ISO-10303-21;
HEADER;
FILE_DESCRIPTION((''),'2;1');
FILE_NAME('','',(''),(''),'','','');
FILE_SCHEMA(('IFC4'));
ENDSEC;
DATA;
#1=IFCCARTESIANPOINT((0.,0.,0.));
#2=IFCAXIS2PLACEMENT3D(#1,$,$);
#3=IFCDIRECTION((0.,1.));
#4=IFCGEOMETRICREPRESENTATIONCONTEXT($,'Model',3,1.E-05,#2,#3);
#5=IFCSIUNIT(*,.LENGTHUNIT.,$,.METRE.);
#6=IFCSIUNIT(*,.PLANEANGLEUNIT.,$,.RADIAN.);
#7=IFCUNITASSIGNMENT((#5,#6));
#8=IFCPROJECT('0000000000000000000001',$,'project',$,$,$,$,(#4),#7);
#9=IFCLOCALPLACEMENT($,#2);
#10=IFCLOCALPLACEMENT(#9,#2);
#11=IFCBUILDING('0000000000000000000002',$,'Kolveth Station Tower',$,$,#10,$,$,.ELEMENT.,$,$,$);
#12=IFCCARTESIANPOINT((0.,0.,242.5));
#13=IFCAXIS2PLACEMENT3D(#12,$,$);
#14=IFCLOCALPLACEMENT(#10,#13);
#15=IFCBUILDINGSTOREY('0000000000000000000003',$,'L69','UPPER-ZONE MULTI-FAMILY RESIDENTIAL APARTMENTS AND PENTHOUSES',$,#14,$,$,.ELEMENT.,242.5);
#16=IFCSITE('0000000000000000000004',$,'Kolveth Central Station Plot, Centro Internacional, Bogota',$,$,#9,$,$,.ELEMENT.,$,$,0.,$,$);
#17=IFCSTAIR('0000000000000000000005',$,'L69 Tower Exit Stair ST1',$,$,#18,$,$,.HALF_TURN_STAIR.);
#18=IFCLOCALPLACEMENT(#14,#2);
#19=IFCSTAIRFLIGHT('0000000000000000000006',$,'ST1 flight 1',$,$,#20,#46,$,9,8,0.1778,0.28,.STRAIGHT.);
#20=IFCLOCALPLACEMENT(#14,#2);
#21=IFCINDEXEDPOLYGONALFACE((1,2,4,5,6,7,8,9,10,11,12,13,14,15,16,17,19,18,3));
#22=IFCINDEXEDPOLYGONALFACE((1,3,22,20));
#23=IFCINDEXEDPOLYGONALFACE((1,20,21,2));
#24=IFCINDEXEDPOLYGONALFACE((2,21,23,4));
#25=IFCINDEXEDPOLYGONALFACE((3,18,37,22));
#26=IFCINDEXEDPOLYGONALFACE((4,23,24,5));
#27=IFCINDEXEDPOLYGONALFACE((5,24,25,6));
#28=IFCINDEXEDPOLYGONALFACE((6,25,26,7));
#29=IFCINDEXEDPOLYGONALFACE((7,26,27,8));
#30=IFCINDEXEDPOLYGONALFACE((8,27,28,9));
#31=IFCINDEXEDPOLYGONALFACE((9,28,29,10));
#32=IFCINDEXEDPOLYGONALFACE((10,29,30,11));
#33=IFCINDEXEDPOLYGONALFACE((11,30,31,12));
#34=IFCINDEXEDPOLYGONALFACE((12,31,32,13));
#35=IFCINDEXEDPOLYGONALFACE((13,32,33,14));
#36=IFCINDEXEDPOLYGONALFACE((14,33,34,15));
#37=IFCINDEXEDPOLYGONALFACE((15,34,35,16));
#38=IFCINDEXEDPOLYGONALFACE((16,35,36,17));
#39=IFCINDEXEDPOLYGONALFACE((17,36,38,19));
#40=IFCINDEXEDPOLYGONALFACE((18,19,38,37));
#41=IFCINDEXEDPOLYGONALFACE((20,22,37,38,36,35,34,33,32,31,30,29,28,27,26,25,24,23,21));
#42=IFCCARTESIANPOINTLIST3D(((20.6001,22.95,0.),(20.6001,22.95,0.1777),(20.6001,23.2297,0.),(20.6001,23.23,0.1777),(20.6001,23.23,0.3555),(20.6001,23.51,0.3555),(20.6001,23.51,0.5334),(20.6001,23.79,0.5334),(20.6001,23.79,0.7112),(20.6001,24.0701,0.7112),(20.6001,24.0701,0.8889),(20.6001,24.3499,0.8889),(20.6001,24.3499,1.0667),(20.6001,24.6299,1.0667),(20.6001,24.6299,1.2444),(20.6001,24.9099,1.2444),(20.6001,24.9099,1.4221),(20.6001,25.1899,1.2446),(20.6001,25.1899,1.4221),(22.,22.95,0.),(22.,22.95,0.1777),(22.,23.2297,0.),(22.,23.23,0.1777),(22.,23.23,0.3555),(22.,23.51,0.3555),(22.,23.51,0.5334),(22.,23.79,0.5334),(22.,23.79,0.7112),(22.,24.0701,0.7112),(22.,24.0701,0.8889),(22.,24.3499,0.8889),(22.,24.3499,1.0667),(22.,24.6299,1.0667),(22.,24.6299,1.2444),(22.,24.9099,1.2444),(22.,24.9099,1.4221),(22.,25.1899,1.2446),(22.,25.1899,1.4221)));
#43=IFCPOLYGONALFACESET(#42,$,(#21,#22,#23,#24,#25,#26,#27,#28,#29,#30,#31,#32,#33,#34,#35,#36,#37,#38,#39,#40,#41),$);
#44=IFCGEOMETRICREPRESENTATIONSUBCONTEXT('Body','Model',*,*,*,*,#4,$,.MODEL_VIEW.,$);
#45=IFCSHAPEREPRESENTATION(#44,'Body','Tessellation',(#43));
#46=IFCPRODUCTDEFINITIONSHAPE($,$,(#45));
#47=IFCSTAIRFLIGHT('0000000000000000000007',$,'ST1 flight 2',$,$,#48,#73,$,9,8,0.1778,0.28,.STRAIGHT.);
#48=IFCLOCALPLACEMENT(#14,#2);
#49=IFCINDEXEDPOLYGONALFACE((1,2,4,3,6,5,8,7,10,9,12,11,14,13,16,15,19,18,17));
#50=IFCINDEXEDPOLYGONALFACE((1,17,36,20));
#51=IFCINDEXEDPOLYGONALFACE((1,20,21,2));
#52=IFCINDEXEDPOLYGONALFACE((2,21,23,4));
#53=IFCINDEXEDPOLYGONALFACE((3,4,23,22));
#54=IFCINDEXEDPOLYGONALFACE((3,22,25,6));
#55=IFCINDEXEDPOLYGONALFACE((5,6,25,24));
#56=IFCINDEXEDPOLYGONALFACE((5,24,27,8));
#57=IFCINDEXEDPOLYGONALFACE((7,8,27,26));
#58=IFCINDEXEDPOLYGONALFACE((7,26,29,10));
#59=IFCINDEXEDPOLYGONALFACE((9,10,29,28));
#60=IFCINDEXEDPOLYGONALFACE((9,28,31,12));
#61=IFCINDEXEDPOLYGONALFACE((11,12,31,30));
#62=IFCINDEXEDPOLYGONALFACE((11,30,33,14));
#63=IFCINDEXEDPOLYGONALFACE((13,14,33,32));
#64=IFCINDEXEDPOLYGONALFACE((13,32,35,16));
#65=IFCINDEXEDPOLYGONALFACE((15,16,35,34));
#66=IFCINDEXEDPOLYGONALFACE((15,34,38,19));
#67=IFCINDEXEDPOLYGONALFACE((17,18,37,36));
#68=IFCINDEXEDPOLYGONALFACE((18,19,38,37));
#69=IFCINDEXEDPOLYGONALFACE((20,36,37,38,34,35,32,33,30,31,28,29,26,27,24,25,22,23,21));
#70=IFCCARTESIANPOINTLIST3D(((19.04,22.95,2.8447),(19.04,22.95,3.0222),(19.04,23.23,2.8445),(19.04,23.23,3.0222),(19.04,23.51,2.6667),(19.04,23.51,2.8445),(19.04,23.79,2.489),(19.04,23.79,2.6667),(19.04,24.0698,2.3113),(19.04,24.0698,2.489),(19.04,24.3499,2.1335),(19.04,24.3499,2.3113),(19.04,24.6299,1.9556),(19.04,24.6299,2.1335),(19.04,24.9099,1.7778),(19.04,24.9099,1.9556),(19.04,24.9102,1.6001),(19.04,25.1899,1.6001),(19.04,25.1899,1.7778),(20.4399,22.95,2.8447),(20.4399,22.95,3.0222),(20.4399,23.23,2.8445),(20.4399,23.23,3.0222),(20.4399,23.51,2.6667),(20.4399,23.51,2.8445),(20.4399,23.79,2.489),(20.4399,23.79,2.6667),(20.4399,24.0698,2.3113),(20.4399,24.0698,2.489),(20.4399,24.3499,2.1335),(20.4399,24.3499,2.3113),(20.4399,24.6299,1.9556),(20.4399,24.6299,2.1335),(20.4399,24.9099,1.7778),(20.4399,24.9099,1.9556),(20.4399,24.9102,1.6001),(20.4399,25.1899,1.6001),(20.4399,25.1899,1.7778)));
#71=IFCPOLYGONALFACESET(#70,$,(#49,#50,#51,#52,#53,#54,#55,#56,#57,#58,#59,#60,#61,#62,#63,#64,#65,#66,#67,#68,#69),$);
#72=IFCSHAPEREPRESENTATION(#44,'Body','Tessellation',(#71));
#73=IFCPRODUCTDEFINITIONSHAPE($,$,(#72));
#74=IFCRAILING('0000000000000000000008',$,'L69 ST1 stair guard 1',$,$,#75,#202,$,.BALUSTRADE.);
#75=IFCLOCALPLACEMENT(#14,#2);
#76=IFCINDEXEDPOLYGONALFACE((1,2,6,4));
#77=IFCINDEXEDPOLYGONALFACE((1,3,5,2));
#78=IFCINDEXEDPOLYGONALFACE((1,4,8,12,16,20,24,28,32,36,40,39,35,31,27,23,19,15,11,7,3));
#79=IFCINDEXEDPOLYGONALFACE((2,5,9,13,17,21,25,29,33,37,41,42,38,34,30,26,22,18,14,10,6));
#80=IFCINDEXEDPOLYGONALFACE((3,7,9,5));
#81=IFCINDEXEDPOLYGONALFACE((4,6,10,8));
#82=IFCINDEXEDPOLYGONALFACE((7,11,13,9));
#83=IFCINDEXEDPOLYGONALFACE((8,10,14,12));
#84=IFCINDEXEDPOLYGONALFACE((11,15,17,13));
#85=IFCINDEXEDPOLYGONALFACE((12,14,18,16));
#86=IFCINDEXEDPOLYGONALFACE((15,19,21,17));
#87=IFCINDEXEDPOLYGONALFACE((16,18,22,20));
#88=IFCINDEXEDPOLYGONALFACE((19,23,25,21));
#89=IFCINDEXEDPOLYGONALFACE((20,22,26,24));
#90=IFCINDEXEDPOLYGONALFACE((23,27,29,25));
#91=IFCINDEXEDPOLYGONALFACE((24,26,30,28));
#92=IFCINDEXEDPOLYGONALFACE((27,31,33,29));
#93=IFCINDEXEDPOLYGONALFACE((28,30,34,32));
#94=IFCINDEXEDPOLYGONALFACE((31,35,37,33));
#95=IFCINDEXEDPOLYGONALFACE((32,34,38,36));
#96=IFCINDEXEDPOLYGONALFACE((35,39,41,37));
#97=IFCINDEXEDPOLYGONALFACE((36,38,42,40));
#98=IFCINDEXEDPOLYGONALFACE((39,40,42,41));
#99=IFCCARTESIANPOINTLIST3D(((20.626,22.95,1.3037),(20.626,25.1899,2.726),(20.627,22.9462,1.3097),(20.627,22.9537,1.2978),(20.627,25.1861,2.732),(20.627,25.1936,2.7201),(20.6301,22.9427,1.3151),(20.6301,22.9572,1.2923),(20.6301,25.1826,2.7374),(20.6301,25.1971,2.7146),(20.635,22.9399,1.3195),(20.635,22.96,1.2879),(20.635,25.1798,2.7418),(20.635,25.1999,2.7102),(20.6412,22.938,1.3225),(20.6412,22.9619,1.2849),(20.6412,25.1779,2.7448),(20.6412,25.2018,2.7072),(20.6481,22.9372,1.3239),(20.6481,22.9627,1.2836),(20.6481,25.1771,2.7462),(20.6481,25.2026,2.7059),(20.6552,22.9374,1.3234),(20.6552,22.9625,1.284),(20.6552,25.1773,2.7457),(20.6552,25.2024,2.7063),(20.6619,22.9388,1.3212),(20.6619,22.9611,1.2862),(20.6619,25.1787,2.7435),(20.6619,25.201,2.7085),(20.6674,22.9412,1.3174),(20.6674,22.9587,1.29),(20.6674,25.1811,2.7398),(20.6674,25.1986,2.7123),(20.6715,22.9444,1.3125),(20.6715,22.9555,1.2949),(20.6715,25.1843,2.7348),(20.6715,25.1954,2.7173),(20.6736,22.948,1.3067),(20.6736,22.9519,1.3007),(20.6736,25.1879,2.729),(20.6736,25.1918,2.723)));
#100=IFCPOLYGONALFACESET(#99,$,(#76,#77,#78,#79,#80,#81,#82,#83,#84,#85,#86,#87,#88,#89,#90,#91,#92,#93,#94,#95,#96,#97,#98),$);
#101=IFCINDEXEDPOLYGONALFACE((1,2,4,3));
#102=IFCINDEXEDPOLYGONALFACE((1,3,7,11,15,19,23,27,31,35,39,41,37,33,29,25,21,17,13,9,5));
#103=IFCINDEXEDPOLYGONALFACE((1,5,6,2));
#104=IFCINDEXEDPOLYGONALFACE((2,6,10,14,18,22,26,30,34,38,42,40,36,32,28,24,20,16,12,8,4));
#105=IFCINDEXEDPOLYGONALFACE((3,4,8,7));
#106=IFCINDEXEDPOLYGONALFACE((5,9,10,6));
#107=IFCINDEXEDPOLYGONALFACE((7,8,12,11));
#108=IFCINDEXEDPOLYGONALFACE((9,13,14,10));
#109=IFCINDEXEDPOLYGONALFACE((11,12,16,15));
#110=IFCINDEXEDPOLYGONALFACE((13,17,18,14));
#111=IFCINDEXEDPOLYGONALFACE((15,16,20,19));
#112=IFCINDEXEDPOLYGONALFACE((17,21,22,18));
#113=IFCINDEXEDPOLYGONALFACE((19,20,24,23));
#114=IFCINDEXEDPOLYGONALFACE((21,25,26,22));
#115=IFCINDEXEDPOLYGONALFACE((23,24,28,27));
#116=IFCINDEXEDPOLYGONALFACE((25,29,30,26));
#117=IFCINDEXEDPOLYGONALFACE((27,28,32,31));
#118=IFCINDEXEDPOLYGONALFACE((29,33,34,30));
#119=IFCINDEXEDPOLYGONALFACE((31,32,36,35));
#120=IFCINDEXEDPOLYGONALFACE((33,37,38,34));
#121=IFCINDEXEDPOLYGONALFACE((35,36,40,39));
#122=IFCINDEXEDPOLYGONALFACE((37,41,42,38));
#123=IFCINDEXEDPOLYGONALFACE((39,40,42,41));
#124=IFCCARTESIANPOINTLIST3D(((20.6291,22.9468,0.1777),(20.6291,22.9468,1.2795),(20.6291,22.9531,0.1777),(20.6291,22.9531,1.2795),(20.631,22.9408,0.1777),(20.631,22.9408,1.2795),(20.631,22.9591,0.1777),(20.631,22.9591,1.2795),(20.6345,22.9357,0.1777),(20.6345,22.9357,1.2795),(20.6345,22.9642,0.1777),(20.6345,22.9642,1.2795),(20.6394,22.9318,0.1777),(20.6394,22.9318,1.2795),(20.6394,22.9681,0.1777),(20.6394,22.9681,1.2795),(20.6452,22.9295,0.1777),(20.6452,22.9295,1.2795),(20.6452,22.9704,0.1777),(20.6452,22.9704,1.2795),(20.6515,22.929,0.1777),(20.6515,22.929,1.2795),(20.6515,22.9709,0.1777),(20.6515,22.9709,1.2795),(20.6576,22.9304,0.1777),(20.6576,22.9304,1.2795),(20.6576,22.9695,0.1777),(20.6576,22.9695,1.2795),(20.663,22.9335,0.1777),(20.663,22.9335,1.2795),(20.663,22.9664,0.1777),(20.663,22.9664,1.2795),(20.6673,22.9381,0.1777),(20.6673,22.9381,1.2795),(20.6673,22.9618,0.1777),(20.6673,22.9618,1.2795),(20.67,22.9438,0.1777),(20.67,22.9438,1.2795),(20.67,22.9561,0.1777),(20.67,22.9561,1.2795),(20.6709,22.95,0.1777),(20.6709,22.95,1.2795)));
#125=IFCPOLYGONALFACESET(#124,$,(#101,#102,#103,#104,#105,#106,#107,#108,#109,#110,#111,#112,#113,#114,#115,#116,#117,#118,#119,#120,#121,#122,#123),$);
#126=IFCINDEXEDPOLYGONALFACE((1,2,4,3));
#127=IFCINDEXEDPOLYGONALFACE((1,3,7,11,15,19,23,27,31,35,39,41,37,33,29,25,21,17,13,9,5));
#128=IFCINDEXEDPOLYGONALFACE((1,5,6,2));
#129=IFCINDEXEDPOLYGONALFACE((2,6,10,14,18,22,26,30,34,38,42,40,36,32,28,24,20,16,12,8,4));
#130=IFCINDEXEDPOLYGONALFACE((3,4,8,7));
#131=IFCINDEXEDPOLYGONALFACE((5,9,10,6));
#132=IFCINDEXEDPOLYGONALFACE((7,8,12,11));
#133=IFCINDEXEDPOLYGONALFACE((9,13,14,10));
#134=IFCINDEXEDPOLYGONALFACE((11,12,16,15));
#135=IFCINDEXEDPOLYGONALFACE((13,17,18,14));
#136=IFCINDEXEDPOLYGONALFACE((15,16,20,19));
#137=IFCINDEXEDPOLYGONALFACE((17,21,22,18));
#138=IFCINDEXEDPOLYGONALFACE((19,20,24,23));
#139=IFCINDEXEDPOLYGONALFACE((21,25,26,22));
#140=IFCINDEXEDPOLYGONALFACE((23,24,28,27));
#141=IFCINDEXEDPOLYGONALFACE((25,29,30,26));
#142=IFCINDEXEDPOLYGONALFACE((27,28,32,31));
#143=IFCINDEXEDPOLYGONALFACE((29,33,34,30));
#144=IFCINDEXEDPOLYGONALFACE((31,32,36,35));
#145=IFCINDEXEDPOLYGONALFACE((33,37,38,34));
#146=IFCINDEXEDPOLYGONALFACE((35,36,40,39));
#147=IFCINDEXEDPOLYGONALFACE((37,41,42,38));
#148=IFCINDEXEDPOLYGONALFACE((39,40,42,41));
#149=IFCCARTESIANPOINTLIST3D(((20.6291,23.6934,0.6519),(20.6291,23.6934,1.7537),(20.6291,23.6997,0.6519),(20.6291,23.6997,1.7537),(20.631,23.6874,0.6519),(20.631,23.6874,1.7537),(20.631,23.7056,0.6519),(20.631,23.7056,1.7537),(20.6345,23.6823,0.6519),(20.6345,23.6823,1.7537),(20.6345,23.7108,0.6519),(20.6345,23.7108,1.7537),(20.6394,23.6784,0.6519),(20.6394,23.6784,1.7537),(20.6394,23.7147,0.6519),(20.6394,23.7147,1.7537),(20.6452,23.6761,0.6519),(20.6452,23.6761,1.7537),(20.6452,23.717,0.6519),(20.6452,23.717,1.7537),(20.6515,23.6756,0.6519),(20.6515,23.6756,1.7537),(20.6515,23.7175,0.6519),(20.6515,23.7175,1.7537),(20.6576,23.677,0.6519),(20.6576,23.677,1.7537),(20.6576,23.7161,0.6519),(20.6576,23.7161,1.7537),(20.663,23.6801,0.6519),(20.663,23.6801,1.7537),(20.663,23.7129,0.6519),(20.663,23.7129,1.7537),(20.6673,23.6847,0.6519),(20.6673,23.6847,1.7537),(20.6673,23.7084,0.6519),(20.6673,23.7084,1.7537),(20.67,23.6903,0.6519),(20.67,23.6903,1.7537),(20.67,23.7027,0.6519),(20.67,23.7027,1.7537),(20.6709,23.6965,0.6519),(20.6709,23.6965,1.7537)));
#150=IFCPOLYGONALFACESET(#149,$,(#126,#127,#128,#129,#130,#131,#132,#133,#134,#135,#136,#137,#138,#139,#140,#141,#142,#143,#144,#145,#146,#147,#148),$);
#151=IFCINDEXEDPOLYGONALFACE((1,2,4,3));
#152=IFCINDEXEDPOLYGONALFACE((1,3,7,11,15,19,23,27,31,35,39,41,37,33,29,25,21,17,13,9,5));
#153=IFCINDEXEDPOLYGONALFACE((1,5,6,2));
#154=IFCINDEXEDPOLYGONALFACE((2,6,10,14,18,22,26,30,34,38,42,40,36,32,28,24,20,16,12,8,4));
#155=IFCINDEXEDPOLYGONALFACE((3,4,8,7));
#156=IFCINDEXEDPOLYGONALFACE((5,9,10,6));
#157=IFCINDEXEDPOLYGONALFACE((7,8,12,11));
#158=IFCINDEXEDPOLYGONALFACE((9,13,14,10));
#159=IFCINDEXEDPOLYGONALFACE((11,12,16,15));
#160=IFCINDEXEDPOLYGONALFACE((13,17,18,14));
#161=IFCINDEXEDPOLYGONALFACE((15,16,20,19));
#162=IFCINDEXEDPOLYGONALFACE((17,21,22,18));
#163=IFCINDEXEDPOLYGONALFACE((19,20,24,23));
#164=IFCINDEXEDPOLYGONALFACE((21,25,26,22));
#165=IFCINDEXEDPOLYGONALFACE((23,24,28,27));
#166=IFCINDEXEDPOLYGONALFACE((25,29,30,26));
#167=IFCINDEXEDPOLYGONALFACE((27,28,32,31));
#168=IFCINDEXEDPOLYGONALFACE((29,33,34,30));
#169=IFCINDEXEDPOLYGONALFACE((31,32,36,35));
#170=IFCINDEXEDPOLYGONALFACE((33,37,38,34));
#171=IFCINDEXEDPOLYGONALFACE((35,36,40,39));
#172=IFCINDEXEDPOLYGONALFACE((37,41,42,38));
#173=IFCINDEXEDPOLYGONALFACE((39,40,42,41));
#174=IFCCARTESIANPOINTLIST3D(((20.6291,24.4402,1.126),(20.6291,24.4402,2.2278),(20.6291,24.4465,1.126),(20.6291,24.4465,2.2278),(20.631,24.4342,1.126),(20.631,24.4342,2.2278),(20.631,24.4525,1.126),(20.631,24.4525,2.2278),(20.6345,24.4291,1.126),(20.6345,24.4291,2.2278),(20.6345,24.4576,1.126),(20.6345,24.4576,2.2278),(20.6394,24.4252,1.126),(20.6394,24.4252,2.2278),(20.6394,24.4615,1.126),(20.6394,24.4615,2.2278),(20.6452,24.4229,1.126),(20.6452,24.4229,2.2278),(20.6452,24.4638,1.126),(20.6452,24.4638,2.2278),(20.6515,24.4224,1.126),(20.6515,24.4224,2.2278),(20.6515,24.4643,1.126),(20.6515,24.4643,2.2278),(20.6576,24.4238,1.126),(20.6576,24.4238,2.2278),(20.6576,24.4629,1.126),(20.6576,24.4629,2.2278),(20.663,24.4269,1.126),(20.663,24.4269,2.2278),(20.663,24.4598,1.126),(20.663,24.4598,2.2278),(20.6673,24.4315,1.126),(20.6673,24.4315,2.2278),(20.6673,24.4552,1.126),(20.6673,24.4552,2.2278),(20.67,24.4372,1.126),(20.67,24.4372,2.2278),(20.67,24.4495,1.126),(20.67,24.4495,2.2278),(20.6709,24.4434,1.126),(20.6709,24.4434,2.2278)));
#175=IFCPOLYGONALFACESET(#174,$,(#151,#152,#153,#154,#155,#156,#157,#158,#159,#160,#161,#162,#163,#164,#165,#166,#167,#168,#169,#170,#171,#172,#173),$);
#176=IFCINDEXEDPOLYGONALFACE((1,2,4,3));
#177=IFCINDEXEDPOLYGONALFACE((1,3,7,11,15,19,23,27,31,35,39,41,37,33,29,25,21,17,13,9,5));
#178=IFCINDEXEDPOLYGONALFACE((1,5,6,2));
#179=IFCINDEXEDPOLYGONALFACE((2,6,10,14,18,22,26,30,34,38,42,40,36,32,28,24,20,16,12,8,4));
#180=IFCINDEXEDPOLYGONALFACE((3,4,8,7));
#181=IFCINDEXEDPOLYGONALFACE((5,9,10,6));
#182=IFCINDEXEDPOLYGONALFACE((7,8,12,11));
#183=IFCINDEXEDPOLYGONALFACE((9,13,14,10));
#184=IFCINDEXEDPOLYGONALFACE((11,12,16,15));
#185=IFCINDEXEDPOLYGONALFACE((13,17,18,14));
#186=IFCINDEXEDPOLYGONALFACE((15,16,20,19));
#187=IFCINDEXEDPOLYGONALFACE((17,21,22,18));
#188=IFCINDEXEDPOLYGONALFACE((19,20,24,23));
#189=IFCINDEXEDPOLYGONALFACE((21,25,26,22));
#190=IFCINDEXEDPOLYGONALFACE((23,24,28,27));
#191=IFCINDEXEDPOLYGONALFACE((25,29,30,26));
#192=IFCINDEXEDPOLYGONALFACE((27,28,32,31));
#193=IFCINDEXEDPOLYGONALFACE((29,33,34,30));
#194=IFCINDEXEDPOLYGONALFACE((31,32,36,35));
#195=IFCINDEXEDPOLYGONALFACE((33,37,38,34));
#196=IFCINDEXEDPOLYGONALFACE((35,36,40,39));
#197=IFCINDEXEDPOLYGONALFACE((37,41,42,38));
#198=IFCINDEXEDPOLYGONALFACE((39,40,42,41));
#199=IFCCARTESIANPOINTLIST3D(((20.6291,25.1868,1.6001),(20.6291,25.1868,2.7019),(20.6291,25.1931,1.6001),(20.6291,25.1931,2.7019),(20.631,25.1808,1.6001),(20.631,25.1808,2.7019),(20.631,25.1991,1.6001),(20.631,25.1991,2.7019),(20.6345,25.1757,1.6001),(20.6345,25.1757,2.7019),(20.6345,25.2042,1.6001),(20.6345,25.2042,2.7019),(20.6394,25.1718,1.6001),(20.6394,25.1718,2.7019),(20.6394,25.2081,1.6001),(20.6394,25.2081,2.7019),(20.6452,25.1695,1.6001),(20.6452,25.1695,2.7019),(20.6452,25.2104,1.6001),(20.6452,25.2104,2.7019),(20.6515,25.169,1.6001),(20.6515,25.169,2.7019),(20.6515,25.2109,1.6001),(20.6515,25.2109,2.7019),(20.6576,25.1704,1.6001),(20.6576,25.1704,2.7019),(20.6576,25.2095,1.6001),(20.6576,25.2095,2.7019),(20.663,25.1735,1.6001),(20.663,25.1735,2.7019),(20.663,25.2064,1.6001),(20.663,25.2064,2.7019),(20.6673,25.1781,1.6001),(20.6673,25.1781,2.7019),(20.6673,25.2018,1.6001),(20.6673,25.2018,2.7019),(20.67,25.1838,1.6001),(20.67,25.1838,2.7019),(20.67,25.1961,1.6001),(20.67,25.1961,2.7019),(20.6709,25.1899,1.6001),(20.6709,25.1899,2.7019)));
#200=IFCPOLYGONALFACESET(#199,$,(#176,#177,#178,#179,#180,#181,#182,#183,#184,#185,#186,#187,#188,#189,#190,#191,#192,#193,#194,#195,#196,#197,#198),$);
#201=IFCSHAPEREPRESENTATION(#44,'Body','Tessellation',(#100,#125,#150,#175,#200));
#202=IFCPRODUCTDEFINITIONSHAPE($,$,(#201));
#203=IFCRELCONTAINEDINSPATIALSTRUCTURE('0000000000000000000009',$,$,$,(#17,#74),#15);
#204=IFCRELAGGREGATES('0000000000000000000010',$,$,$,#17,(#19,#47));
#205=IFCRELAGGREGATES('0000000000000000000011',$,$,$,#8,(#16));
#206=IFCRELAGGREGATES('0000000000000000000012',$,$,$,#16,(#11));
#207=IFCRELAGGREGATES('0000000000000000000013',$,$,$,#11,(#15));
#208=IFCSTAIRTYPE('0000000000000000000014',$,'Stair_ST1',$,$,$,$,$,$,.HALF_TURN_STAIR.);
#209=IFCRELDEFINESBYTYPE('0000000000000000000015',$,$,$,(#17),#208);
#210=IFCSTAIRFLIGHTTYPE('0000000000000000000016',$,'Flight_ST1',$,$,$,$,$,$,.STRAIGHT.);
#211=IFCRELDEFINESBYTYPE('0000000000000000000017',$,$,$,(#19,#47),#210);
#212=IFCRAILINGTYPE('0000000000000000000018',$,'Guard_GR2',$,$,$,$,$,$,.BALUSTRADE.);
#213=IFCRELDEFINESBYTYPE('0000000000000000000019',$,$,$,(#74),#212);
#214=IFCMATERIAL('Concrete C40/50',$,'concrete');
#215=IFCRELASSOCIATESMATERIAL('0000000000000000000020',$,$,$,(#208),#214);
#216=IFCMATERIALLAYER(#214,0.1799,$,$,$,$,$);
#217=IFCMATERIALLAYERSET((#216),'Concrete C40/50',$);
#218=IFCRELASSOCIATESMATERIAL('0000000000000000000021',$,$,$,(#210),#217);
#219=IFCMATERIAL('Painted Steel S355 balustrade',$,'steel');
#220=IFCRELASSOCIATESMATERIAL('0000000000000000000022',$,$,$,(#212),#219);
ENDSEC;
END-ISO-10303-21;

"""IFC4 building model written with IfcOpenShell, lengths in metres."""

from ifc_helpers import new_model, si_unit, direction, frame, origin, origin_2d, place, context, subcontext, project, spatial, polyline, circle, outline, extrude, material, layer, layer_set, type_object, element, aggregate, save


model = new_model("IFC4")

# Units and contexts
model_context = context("Model", 3, precision=1e-05, world=origin(), true_north=direction((0.0, 1.0)))
body_context = subcontext(model_context, "Body", "Model", "MODEL_VIEW")
ifc_project = project(units=[si_unit("LENGTHUNIT", "METRE"), si_unit("PLANEANGLEUNIT", "RADIAN")], contexts=[model_context])

# Site, building, storey
site_placement = place(None, origin())
site = spatial("IfcSite", under=ifc_project, at=site_placement, Name="Kolveth Central Station Plot, Centro Internacional, Bogota", CompositionType="ELEMENT", RefElevation=0.0)
building_placement = place(site_placement, origin())
building = spatial("IfcBuilding", under=site, at=building_placement, Name="Kolveth Station Tower", CompositionType="ELEMENT")
storey_placement = place(building_placement, frame((0.0, 0.0, 242.5)))
storey = spatial("IfcBuildingStorey", under=building, at=storey_placement, Name="L69", Description="UPPER-ZONE MULTI-FAMILY RESIDENTIAL APARTMENTS AND PENTHOUSES", CompositionType="ELEMENT", Elevation=242.5)

# Shared definitions
ifc_material_1 = material(Name="Concrete C40/50", Category="concrete")

# Stair, stair flights
stair_type = type_object("IfcStairType", Name="Stair_ST1", PredefinedType="HALF_TURN_STAIR", material=ifc_material_1)
stair_placement = place(storey_placement, origin())
stair = element("IfcStair", 1, at=stair_placement, inside=storey, type_object=stair_type, Name="L69 Tower Exit Stair ST1", PredefinedType="HALF_TURN_STAIR")
ifc_layer_1 = layer(ifc_material_1, 0.1799)
ifc_layer_set_1 = layer_set([ifc_layer_1], Name="Concrete C40/50")
stair_flight_type = type_object("IfcStairFlightType", Name="Flight_ST1", PredefinedType="STRAIGHT", material=ifc_layer_set_1)
stair_flight_1_placement = place(storey_placement, frame((21.3, 22.95, 0.0), z_axis=(0.0, 0.0, 1.0), x_axis=(0.0, 1.0, 0.0)))
stair_flight_1 = element("IfcStairFlight", 2, at=stair_flight_1_placement, type_object=stair_flight_type, Name="ST1 flight 1", NumberOfRisers=9, NumberOfTreads=8, PredefinedType="STRAIGHT", RiserHeight=0.1778, TreadLength=0.28, context=body_context, shape_type="SweptSolid", body=[
    extrude(outline(polyline([(0.0, 0.0), (0.0, 0.1777), (0.28, 0.1777), (0.28, 0.3555), (0.5601, 0.3555), (0.5601, 0.5334), (0.8401, 0.5334), (0.8401, 0.7112), (1.1201, 0.7112), (1.1201, 0.8889), (1.3999, 0.8889), (1.3999, 1.0667), (1.6799, 1.0667), (1.6799, 1.2444), (1.96, 1.2444), (1.96, 1.4221), (2.24, 1.4221), (2.24, 1.6001), (2.24, 1.2446), (0.2798, 0.0), (0.0, 0.0)])), frame((0.0, 0.7, 0.0), z_axis=(0.0, -1.0, 0.0), x_axis=(1.0, 0.0, 0.0)), (0.0, 0.0, 1.0), 1.3999),
])
stair_flight_2_placement = place(storey_placement, frame((19.74, 25.1899, 1.6001), z_axis=(0.0, 0.0, 1.0), x_axis=(0.0, -1.0, 0.0)))
stair_flight_2 = element("IfcStairFlight", 3, at=stair_flight_2_placement, type_object=stair_flight_type, Name="ST1 flight 2", NumberOfRisers=9, NumberOfTreads=8, PredefinedType="STRAIGHT", RiserHeight=0.1778, TreadLength=0.28, context=body_context, shape_type="SweptSolid", body=[
    extrude(outline(polyline([(0.0, 0.0), (0.0, 0.1777), (0.28, 0.1777), (0.28, 0.3555), (0.5601, 0.3555), (0.5601, 0.5334), (0.8401, 0.5334), (0.8401, 0.7112), (1.1201, 0.7112), (1.1201, 0.8889), (1.3999, 0.8889), (1.3999, 1.0667), (1.6799, 1.0667), (1.6799, 1.2444), (1.96, 1.2444), (1.96, 1.4221), (2.24, 1.4221), (2.24, 1.6001), (2.24, 1.2446), (0.2798, 0.0), (0.0, 0.0)])), frame((0.0, 0.7, 0.0), z_axis=(0.0, -1.0, 0.0), x_axis=(1.0, 0.0, 0.0)), (0.0, 0.0, 1.0), 1.3999),
])
aggregate(stair, [stair_flight_1, stair_flight_2])

# Railing
ifc_material_2 = material(Name="Painted Steel S355 balustrade", Category="steel")
railing_type_1 = type_object("IfcRailingType", Name="Guard_GR2", PredefinedType="BALUSTRADE", material=ifc_material_2)
railing_1_placement = place(storey_placement, frame((20.6499, 22.95, 0.1777)))
element("IfcRailing", 4, at=railing_1_placement, inside=storey, type_object=railing_type_1, Name="L69 ST1 stair guard 1", PredefinedType="BALUSTRADE", context=body_context, shape_type="SweptSolid", body=[
    extrude(circle(Radius=0.0239, at=origin_2d()), frame((0.0, 0.0, 1.126), z_axis=(0.0, 0.844188, 0.536048), x_axis=(-1.0, 0.0, 0.0)), (0.0, 0.0, 1.0), 2.6533),
    extrude(circle(Radius=0.021, at=origin_2d()), origin(), (0.0, 0.0, 1.0), 1.1018),
    extrude(circle(Radius=0.021, at=origin_2d()), frame((0.0, 0.7466, 0.4741)), (0.0, 0.0, 1.0), 1.1018),
    extrude(circle(Radius=0.021, at=origin_2d()), frame((0.0, 1.4934, 0.9482)), (0.0, 0.0, 1.0), 1.1018),
    extrude(circle(Radius=0.021, at=origin_2d()), frame((0.0, 2.24, 1.4224)), (0.0, 0.0, 1.0), 1.1018),
])

save(model, "model.ifc")
